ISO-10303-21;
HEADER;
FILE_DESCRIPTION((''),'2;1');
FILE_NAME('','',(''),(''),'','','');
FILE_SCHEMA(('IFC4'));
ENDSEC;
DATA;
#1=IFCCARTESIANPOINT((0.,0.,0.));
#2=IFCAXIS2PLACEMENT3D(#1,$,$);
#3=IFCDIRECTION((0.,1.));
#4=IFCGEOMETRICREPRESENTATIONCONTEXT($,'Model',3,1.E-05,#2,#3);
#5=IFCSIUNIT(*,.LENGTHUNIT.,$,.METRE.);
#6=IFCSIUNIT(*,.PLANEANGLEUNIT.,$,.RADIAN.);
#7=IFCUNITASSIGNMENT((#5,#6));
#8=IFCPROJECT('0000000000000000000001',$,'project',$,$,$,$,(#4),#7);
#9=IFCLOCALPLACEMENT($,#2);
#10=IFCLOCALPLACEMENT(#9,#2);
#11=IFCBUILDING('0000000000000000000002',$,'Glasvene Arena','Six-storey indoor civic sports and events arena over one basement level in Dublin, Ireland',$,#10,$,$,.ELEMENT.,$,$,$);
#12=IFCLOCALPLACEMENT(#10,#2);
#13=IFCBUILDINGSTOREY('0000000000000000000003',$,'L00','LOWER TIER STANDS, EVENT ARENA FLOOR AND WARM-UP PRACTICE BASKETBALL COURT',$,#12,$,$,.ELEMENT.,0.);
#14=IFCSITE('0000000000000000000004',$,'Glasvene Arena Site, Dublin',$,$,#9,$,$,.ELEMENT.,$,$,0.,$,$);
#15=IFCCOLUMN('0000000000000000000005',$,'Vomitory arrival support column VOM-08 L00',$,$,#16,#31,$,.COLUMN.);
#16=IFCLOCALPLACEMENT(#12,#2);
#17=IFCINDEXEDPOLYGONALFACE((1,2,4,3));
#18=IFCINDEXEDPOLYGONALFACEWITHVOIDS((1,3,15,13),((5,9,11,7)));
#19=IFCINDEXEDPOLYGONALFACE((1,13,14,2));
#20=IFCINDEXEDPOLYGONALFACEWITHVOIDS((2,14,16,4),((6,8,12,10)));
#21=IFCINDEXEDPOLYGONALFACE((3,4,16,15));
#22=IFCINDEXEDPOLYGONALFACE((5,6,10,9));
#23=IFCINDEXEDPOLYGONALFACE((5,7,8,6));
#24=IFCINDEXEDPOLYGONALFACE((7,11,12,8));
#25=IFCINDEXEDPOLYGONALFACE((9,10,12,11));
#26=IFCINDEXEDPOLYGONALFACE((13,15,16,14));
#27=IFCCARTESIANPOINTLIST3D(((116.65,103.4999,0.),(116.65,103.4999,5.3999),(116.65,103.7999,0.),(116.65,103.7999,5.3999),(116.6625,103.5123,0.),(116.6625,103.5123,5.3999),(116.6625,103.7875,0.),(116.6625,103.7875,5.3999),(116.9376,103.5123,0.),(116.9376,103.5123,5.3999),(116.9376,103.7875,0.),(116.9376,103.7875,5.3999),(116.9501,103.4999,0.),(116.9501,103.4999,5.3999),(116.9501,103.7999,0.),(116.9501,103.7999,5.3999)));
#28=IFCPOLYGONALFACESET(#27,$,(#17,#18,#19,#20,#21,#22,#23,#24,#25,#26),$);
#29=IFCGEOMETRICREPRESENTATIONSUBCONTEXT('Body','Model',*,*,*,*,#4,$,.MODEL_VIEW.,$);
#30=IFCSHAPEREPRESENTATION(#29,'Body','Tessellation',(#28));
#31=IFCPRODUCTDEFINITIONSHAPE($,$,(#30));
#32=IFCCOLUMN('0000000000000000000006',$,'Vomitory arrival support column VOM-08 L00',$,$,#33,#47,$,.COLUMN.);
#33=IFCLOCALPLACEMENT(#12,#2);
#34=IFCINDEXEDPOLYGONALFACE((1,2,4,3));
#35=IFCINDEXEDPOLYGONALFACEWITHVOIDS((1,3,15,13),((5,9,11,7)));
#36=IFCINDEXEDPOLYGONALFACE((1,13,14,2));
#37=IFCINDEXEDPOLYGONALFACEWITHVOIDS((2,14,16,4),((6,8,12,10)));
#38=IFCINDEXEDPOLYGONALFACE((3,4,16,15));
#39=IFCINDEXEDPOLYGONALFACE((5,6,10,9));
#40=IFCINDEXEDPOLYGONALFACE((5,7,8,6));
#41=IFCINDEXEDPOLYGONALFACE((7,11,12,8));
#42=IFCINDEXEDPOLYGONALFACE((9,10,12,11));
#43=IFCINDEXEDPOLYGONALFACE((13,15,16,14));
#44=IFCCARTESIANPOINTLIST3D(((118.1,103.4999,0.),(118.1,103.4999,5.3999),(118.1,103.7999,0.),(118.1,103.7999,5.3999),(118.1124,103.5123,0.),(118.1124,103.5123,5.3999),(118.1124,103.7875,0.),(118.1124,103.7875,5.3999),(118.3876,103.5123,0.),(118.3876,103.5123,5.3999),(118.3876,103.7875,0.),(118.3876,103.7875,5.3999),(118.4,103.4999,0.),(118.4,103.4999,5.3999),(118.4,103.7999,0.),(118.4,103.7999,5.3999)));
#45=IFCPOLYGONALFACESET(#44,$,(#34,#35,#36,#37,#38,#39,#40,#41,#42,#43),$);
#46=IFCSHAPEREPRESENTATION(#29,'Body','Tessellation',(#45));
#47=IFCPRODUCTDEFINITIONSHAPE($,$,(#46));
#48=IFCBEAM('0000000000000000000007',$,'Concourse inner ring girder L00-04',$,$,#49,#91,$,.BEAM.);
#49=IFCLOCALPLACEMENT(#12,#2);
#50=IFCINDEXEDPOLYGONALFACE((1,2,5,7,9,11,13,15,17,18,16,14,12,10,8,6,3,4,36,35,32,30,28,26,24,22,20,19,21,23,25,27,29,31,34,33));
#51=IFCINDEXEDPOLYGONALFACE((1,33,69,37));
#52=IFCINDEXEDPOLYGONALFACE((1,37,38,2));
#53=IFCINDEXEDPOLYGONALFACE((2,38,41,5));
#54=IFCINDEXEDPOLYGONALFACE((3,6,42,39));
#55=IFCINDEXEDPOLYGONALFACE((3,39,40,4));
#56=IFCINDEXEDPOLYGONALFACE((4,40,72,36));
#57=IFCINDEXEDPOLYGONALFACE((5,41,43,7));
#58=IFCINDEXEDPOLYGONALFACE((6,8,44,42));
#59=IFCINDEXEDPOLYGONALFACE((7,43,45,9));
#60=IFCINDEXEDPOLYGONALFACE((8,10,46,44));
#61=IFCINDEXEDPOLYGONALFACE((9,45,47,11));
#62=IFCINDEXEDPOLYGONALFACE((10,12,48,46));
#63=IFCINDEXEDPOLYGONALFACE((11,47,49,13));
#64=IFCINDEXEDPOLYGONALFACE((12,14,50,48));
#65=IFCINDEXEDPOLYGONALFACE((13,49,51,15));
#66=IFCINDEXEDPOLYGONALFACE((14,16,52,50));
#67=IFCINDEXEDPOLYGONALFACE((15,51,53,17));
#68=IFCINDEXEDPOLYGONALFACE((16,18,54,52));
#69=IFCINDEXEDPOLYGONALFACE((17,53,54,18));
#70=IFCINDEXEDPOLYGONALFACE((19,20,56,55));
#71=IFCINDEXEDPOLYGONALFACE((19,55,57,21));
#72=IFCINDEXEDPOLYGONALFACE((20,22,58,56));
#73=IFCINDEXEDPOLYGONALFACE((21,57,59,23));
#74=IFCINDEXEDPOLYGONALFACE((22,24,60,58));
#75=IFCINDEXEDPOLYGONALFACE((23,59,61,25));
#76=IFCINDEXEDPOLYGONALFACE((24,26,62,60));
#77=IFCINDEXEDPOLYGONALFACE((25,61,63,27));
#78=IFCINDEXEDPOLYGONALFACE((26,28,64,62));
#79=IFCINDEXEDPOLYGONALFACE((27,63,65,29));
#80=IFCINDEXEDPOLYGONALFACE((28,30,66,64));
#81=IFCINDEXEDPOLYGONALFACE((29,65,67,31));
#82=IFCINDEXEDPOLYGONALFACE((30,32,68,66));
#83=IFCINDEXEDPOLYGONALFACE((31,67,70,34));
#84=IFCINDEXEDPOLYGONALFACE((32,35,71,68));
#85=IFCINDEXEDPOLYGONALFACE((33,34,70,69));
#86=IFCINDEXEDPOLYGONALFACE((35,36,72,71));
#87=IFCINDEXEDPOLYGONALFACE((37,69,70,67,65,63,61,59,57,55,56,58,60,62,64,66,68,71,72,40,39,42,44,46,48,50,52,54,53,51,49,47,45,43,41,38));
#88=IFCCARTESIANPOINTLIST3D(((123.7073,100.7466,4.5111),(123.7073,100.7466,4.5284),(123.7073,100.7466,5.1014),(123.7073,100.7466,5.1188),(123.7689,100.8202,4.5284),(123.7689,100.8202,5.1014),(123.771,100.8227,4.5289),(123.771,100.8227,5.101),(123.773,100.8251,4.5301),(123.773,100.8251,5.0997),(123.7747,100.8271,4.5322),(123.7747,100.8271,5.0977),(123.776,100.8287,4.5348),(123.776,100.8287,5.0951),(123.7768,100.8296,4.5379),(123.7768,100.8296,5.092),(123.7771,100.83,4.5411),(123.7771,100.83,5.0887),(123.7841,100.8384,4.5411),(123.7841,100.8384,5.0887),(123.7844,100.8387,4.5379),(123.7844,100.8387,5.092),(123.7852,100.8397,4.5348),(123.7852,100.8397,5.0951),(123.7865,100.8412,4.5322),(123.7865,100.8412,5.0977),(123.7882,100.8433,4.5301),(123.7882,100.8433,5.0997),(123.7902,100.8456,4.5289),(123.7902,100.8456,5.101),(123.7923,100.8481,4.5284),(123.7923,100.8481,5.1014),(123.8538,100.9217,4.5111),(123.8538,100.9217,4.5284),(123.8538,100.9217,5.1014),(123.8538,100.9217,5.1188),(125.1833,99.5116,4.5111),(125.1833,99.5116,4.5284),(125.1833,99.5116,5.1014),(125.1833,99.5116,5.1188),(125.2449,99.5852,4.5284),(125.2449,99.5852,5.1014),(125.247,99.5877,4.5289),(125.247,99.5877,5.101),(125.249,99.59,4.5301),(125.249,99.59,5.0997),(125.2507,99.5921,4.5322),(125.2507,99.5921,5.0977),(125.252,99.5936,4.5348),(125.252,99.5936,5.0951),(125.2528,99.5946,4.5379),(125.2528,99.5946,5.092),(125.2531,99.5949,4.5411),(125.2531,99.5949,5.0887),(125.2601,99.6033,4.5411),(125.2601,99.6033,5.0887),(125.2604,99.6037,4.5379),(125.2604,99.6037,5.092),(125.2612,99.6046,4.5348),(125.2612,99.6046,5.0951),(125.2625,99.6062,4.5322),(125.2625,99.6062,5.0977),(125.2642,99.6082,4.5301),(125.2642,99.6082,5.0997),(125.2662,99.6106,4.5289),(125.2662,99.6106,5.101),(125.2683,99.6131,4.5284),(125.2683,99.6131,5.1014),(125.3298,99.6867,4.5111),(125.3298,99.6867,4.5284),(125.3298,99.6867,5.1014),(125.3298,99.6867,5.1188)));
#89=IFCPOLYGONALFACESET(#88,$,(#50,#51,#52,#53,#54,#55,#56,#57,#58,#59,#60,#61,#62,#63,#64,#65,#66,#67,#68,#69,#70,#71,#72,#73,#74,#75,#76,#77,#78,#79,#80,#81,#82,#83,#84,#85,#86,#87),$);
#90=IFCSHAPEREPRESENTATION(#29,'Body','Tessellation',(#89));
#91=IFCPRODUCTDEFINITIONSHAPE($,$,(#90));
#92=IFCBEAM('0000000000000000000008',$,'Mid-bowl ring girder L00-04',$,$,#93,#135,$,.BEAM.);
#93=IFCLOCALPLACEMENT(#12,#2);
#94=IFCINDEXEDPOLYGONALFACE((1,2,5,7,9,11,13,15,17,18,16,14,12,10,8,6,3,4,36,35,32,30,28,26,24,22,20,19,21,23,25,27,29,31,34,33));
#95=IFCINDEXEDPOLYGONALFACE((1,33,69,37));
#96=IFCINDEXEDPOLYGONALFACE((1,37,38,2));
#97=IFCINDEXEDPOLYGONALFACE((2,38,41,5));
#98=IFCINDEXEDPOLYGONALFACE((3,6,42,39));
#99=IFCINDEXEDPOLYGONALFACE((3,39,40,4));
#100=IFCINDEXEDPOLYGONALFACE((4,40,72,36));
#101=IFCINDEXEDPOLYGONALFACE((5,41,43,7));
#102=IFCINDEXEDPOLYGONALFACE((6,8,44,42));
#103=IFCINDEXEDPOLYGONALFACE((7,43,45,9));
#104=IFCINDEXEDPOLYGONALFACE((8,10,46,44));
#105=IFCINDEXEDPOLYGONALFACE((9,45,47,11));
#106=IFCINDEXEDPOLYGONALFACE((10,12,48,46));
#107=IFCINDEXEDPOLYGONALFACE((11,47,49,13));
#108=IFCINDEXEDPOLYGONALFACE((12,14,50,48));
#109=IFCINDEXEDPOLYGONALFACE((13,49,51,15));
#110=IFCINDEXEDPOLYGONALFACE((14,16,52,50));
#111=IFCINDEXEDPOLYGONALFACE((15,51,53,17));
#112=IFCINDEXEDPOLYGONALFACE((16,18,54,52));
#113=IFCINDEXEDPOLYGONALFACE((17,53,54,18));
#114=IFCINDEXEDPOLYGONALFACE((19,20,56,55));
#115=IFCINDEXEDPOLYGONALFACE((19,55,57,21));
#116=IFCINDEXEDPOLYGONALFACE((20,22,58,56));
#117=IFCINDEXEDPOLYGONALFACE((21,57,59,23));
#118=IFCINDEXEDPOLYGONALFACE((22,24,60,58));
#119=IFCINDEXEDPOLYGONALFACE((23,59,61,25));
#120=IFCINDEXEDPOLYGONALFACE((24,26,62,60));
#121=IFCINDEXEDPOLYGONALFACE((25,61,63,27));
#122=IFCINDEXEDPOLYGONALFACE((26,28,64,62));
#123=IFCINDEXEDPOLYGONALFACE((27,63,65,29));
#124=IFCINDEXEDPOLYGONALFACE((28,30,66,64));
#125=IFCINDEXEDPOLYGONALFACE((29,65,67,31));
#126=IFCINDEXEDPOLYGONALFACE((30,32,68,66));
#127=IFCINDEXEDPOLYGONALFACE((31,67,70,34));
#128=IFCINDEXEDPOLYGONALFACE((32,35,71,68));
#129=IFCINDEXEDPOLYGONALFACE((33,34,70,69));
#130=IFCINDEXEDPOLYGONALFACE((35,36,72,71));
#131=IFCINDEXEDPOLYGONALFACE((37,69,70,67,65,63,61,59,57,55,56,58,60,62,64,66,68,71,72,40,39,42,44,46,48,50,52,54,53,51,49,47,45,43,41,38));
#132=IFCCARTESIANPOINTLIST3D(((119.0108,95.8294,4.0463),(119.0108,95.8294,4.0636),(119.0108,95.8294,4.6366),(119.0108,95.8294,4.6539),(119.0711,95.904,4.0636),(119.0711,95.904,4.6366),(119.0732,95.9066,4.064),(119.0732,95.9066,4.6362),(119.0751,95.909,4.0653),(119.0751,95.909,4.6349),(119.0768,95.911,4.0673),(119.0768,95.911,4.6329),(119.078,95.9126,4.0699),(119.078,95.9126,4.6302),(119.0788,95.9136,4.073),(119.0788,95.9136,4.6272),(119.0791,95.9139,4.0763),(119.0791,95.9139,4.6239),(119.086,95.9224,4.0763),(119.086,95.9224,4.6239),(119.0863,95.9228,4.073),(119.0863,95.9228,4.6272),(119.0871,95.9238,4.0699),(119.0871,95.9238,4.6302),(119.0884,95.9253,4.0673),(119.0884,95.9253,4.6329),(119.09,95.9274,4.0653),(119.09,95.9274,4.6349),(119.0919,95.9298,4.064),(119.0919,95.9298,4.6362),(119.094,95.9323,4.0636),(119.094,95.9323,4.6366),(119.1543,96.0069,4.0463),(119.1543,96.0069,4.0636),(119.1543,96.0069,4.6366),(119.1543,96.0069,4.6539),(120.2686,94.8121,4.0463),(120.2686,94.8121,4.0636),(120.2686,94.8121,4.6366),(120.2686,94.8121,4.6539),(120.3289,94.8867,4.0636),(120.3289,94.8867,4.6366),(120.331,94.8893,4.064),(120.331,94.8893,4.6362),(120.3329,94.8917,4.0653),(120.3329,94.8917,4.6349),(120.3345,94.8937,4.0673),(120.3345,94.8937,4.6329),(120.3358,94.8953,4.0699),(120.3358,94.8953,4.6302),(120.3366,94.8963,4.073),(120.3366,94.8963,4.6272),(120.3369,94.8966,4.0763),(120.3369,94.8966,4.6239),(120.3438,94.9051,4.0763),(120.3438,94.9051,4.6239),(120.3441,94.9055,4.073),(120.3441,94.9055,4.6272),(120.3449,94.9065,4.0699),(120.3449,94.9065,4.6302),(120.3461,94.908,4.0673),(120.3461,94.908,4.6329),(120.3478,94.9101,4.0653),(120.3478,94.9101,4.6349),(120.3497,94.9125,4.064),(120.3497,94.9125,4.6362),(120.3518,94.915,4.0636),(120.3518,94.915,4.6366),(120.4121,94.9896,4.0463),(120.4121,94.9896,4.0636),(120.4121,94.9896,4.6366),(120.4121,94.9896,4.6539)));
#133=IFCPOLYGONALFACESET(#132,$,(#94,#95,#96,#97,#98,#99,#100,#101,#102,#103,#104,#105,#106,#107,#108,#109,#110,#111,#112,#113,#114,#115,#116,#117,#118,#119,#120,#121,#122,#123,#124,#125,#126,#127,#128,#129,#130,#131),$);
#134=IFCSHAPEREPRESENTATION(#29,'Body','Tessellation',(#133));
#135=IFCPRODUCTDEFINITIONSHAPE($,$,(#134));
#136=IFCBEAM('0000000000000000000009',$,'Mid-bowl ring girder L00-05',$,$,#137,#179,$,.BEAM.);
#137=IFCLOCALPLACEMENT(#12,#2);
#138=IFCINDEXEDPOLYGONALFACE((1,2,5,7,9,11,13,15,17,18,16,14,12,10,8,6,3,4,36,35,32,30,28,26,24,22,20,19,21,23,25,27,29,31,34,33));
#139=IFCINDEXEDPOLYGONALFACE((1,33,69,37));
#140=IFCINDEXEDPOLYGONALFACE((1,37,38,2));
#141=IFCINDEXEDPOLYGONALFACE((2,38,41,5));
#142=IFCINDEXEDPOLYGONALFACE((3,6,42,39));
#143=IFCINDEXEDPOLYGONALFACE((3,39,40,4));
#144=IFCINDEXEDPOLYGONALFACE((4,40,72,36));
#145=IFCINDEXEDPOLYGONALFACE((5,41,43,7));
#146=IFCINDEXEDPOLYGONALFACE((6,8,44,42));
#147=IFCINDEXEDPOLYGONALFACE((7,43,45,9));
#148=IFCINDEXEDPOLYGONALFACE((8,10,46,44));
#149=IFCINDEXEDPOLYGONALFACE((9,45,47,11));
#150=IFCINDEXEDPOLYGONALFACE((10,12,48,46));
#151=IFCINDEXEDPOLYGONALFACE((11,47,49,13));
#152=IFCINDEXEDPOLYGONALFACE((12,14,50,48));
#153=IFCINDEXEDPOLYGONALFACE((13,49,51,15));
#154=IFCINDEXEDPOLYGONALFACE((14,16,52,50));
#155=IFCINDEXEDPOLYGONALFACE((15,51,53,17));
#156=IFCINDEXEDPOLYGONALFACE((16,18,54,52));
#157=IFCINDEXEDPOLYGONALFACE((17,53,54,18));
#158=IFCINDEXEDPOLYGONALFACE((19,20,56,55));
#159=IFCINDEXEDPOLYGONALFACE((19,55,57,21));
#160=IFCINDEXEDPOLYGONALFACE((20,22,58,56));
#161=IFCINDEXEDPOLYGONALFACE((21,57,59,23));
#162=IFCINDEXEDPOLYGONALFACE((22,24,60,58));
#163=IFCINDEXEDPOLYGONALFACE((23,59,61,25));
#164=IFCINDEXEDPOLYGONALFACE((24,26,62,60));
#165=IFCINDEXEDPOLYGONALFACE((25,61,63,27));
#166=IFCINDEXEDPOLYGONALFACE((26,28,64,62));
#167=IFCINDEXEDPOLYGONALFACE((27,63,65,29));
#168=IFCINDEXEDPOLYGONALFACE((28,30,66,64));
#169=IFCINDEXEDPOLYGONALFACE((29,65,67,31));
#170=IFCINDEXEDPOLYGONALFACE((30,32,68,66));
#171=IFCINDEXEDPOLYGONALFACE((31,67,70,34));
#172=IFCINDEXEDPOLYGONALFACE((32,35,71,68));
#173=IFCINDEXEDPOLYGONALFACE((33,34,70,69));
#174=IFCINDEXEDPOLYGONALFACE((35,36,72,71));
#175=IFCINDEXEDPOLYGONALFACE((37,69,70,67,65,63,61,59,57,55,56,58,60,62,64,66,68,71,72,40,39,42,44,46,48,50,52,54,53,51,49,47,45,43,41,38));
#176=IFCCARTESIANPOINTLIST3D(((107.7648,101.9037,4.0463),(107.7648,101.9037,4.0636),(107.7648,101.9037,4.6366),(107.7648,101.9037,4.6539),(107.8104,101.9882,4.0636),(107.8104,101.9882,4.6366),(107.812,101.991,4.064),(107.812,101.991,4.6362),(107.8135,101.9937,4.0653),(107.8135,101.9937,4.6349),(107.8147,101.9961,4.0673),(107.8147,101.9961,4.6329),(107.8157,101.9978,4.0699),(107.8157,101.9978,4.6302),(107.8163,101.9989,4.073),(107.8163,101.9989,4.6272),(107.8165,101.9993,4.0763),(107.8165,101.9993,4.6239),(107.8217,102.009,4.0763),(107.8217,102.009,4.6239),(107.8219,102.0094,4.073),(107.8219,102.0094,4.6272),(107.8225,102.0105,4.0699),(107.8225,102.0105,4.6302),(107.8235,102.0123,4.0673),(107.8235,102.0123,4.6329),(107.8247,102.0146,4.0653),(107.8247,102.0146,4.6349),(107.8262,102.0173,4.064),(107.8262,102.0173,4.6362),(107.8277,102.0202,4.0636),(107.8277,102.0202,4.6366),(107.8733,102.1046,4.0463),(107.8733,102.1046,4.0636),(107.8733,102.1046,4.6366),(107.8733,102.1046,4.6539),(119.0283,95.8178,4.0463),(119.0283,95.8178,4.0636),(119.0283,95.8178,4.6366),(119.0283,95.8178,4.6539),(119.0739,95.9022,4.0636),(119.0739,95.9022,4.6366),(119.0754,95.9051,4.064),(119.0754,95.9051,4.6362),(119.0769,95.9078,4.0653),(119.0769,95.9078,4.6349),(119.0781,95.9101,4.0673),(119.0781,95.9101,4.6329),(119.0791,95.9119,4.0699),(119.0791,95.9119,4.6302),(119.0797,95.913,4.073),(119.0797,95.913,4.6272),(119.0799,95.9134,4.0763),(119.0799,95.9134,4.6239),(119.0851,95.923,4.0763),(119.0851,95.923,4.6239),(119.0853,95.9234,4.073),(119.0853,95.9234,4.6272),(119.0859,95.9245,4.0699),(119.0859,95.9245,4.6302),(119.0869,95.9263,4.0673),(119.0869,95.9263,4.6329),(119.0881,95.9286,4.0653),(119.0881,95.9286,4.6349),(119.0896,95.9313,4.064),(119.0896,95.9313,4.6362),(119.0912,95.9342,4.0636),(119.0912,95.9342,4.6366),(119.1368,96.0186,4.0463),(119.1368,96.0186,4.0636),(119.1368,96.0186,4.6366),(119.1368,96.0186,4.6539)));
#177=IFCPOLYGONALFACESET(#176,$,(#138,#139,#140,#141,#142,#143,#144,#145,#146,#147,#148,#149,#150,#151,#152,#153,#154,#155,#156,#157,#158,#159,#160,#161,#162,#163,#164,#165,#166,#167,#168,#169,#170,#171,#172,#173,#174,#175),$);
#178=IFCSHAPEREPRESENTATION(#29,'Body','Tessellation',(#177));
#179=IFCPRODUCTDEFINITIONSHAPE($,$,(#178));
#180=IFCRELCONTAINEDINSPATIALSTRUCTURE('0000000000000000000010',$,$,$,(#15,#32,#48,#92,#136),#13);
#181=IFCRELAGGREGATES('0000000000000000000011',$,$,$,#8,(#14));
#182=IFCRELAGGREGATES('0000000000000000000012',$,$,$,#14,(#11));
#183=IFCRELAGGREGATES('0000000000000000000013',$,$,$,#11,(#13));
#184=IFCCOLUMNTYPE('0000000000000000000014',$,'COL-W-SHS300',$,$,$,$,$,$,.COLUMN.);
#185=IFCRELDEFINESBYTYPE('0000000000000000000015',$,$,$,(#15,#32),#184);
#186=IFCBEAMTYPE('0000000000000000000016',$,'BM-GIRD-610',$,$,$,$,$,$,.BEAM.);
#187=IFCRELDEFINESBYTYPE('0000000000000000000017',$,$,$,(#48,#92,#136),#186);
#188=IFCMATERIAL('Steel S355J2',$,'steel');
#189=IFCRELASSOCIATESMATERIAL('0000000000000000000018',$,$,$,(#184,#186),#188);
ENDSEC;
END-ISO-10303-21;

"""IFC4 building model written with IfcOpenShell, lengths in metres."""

from ifc_helpers import new_model, si_unit, direction, frame, origin, origin_2d, place, context, subcontext, project, spatial, hollow_rectangle, i_section, extrude, material, material_profile, profile_set, type_object, element, save


model = new_model("IFC4")

# Units and contexts
model_context = context("Model", 3, precision=1e-05, world=origin(), true_north=direction((0.0, 1.0)))
body_context = subcontext(model_context, "Body", "Model", "MODEL_VIEW")
ifc_project = project(units=[si_unit("LENGTHUNIT", "METRE"), si_unit("PLANEANGLEUNIT", "RADIAN")], contexts=[model_context])

# Site, building, storey
site_placement = place(None, origin())
site = spatial("IfcSite", under=ifc_project, at=site_placement, Name="Glasvene Arena Site, Dublin", CompositionType="ELEMENT", RefElevation=0.0)
building_placement = place(site_placement, origin())
building = spatial("IfcBuilding", under=site, at=building_placement, Name="Glasvene Arena", Description="Six-storey indoor civic sports and events arena over one basement level in Dublin, Ireland", CompositionType="ELEMENT")
storey_placement = place(building_placement, origin())
storey = spatial("IfcBuildingStorey", under=building, at=storey_placement, Name="L00", Description="LOWER TIER STANDS, EVENT ARENA FLOOR AND WARM-UP PRACTICE BASKETBALL COURT", CompositionType="ELEMENT", Elevation=0.0)

# Columns
ifc_material_1 = material(Name="Steel S355J2", Category="steel")
ifc_material_profile_1 = material_profile(ifc_material_1, hollow_rectangle(XDim=0.3, YDim=0.3, WallThickness=0.0125, at=origin_2d()), Name="SHS 300x300x12.5")
ifc_profile_set_1 = profile_set([ifc_material_profile_1], Name="Steel S355J2")
column_type_1 = type_object("IfcColumnType", Name="COL-W-SHS300", PredefinedType="COLUMN", material=ifc_profile_set_1)
for number, where, z_axis, x_axis, name in (
    (1, (116.8, 103.6499, 0.0), (0.0, 0.0, 1.0), (1.0, 0.0, 0.0), "Vomitory arrival support column VOM-08 L00"),
    (2, (118.25, 103.6499, 0.0), (0.0, 0.0, 1.0), (1.0, 0.0, 0.0), "Vomitory arrival support column VOM-08 L00"),
):
    element("IfcColumn", number, at=place(storey_placement, frame(where, z_axis=z_axis, x_axis=x_axis)), inside=storey, type_object=column_type_1, Name=name, PredefinedType="COLUMN", context=body_context, shape_type="SweptSolid", body=[
        extrude(hollow_rectangle(XDim=0.3, YDim=0.3, WallThickness=0.0125, at=origin_2d()), origin(), (0.0, 0.0, 1.0), 5.3999),
    ])

# Beams
ifc_material_profile_2 = material_profile(ifc_material_1, i_section(OverallWidth=0.2283, OverallDepth=0.6077, WebThickness=0.011, FlangeThickness=0.0173, FilletRadius=0.0127, at=origin_2d()), Name="UKB 610x229x113")
ifc_profile_set_2 = profile_set([ifc_material_profile_2], Name="Steel S355J2")
beam_type_1 = type_object("IfcBeamType", Name="BM-GIRD-610", PredefinedType="BEAM", material=ifc_profile_set_2)
beam_1_placement = place(storey_placement, frame((125.2566, 99.5991, 4.8149), z_axis=(-0.76693, 0.64173, 0.0), x_axis=(-0.64173, -0.76693, 0.0)))
element("IfcBeam", 3, at=beam_1_placement, inside=storey, type_object=beam_type_1, Name="Concourse inner ring girder L00-04", PredefinedType="BEAM", context=body_context, shape_type="SweptSolid", body=[
    extrude(i_section(OverallWidth=0.2283, OverallDepth=0.6077, WebThickness=0.011, FlangeThickness=0.0173, FilletRadius=0.0127, at=origin_2d()), origin(), (0.0, 0.0, 1.0), 1.9246),
])
beam_2_placement = place(storey_placement, frame((120.3403, 94.9009, 4.3501), z_axis=(-0.777515, 0.628864, 0.0), x_axis=(-0.628864, -0.777515, 0.0)))
element("IfcBeam", 4, at=beam_2_placement, inside=storey, type_object=beam_type_1, Name="Mid-bowl ring girder L00-04", PredefinedType="BEAM", context=body_context, shape_type="SweptSolid", body=[
    extrude(i_section(OverallWidth=0.2283, OverallDepth=0.6077, WebThickness=0.011, FlangeThickness=0.0173, FilletRadius=0.0127, at=origin_2d()), origin(), (0.0, 0.0, 1.0), 1.6177),
])
beam_3_placement = place(storey_placement, frame((119.0825, 95.9182, 4.3501), z_axis=(-0.879785, 0.475372, 0.0), x_axis=(-0.475372, -0.879785, 0.0)))
element("IfcBeam", 5, at=beam_3_placement, inside=storey, type_object=beam_type_1, Name="Mid-bowl ring girder L00-05", PredefinedType="BEAM", context=body_context, shape_type="SweptSolid", body=[
    extrude(i_section(OverallWidth=0.2283, OverallDepth=0.6077, WebThickness=0.011, FlangeThickness=0.0173, FilletRadius=0.0127, at=origin_2d()), origin(), (0.0, 0.0, 1.0), 12.8025),
])

save(model, "model.ifc")
